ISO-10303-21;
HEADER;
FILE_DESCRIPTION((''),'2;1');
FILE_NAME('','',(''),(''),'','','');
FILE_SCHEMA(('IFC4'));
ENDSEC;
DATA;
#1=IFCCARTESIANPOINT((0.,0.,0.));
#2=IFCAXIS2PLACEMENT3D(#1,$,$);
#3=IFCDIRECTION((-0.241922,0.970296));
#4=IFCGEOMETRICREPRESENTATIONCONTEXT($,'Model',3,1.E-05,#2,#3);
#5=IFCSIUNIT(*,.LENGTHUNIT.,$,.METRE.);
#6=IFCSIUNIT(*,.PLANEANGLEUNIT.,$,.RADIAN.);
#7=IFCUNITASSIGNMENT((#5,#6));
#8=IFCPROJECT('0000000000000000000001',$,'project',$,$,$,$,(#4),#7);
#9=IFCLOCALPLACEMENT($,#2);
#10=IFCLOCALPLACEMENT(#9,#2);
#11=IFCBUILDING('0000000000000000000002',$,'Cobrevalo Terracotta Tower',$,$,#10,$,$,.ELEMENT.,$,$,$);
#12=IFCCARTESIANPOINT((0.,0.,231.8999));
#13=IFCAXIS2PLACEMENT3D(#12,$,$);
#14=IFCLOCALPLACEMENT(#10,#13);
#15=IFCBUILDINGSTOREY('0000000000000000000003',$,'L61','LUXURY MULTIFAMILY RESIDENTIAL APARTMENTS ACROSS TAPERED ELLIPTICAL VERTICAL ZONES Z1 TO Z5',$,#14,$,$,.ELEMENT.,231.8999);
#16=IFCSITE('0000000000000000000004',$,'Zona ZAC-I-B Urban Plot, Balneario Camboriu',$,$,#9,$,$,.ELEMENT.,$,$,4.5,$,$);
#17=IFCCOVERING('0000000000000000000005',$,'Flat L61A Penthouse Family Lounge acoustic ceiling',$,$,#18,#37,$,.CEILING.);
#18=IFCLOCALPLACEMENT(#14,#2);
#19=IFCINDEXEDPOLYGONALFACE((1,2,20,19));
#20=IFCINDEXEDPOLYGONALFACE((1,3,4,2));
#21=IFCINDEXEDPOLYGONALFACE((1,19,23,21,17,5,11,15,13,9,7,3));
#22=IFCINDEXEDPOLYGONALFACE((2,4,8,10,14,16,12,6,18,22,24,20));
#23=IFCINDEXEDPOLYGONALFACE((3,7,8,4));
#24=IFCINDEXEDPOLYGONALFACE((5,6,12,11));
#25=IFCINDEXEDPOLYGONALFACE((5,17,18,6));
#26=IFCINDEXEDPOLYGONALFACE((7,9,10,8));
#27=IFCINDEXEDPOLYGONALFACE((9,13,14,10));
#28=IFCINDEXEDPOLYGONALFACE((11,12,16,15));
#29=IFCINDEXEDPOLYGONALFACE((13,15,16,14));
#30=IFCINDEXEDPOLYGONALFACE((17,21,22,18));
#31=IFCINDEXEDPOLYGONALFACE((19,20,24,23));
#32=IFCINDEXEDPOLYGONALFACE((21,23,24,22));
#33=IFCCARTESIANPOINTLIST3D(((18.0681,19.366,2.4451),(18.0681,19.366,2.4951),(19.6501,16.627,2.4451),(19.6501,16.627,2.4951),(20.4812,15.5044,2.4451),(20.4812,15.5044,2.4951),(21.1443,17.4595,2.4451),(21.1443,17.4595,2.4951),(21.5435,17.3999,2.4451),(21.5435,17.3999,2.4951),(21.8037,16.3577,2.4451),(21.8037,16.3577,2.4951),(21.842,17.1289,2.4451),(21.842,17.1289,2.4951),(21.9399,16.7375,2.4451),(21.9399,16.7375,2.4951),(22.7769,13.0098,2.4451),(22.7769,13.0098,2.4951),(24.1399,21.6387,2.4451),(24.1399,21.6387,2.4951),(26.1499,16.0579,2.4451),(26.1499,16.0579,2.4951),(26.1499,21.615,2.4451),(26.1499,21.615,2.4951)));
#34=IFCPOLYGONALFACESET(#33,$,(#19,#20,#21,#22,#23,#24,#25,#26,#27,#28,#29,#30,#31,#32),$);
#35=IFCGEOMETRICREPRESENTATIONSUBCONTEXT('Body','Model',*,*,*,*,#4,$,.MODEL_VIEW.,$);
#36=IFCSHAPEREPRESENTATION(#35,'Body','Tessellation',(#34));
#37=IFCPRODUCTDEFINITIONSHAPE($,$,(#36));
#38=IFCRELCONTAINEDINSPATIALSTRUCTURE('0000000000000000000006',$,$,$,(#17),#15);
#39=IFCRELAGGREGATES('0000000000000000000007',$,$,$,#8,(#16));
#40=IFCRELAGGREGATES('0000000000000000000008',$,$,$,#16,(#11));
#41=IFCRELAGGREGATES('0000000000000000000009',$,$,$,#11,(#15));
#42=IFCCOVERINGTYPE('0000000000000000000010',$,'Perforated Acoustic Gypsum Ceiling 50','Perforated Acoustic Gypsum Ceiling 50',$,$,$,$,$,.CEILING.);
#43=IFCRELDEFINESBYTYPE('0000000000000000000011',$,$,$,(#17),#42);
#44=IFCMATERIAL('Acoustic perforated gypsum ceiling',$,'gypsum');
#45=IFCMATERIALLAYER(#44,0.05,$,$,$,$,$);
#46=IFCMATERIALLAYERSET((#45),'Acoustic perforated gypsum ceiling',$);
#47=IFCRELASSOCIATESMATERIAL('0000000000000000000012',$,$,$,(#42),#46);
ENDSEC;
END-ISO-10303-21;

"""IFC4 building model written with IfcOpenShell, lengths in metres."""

from ifc_helpers import new_model, si_unit, direction, frame, origin, place, context, subcontext, project, spatial, polyline, outline, extrude, material, layer, layer_set, type_object, element, save


model = new_model("IFC4")

# Units and contexts
model_context = context("Model", 3, precision=1e-05, world=origin(), true_north=direction((-0.241922, 0.970296)))
body_context = subcontext(model_context, "Body", "Model", "MODEL_VIEW")
ifc_project = project(units=[si_unit("LENGTHUNIT", "METRE"), si_unit("PLANEANGLEUNIT", "RADIAN")], contexts=[model_context])

# Site, building, storey
site_placement = place(None, origin())
site = spatial("IfcSite", under=ifc_project, at=site_placement, Name="Zona ZAC-I-B Urban Plot, Balneario Camboriu", CompositionType="ELEMENT", RefElevation=4.5)
building_placement = place(site_placement, origin())
building = spatial("IfcBuilding", under=site, at=building_placement, Name="Cobrevalo Terracotta Tower", CompositionType="ELEMENT")
storey_placement = place(building_placement, frame((0.0, 0.0, 231.8999)))
storey = spatial("IfcBuildingStorey", under=building, at=storey_placement, Name="L61", Description="LUXURY MULTIFAMILY RESIDENTIAL APARTMENTS ACROSS TAPERED ELLIPTICAL VERTICAL ZONES Z1 TO Z5", CompositionType="ELEMENT", Elevation=231.8999)

# Covering
ifc_material_1 = material(Name="Acoustic perforated gypsum ceiling", Category="gypsum")
ifc_layer_1 = layer(ifc_material_1, 0.05)
ifc_layer_set_1 = layer_set([ifc_layer_1], Name="Acoustic perforated gypsum ceiling")
covering_type_1 = type_object("IfcCoveringType", Name="Perforated Acoustic Gypsum Ceiling 50", Description="Perforated Acoustic Gypsum Ceiling 50", PredefinedType="CEILING", material=ifc_layer_set_1)
covering_1_placement = place(storey_placement, frame((0.0, 0.0, 2.4451)))
element("IfcCovering", 1, at=covering_1_placement, inside=storey, type_object=covering_type_1, Name="Flat L61A Penthouse Family Lounge acoustic ceiling", PredefinedType="CEILING", context=body_context, shape_type="SweptSolid", body=[
    extrude(outline(polyline([(22.7769, 13.0098), (20.4812, 15.5044), (21.8037, 16.3577), (21.9399, 16.7375), (21.842, 17.1289), (21.5435, 17.3999), (21.1443, 17.4595), (19.6501, 16.627), (18.0681, 19.366), (24.1399, 21.6387), (26.1499, 21.615), (26.1499, 16.0579), (22.7769, 13.0098)])), origin(), (0.0, 0.0, 1.0), 0.05),
])

save(model, "model.ifc")
